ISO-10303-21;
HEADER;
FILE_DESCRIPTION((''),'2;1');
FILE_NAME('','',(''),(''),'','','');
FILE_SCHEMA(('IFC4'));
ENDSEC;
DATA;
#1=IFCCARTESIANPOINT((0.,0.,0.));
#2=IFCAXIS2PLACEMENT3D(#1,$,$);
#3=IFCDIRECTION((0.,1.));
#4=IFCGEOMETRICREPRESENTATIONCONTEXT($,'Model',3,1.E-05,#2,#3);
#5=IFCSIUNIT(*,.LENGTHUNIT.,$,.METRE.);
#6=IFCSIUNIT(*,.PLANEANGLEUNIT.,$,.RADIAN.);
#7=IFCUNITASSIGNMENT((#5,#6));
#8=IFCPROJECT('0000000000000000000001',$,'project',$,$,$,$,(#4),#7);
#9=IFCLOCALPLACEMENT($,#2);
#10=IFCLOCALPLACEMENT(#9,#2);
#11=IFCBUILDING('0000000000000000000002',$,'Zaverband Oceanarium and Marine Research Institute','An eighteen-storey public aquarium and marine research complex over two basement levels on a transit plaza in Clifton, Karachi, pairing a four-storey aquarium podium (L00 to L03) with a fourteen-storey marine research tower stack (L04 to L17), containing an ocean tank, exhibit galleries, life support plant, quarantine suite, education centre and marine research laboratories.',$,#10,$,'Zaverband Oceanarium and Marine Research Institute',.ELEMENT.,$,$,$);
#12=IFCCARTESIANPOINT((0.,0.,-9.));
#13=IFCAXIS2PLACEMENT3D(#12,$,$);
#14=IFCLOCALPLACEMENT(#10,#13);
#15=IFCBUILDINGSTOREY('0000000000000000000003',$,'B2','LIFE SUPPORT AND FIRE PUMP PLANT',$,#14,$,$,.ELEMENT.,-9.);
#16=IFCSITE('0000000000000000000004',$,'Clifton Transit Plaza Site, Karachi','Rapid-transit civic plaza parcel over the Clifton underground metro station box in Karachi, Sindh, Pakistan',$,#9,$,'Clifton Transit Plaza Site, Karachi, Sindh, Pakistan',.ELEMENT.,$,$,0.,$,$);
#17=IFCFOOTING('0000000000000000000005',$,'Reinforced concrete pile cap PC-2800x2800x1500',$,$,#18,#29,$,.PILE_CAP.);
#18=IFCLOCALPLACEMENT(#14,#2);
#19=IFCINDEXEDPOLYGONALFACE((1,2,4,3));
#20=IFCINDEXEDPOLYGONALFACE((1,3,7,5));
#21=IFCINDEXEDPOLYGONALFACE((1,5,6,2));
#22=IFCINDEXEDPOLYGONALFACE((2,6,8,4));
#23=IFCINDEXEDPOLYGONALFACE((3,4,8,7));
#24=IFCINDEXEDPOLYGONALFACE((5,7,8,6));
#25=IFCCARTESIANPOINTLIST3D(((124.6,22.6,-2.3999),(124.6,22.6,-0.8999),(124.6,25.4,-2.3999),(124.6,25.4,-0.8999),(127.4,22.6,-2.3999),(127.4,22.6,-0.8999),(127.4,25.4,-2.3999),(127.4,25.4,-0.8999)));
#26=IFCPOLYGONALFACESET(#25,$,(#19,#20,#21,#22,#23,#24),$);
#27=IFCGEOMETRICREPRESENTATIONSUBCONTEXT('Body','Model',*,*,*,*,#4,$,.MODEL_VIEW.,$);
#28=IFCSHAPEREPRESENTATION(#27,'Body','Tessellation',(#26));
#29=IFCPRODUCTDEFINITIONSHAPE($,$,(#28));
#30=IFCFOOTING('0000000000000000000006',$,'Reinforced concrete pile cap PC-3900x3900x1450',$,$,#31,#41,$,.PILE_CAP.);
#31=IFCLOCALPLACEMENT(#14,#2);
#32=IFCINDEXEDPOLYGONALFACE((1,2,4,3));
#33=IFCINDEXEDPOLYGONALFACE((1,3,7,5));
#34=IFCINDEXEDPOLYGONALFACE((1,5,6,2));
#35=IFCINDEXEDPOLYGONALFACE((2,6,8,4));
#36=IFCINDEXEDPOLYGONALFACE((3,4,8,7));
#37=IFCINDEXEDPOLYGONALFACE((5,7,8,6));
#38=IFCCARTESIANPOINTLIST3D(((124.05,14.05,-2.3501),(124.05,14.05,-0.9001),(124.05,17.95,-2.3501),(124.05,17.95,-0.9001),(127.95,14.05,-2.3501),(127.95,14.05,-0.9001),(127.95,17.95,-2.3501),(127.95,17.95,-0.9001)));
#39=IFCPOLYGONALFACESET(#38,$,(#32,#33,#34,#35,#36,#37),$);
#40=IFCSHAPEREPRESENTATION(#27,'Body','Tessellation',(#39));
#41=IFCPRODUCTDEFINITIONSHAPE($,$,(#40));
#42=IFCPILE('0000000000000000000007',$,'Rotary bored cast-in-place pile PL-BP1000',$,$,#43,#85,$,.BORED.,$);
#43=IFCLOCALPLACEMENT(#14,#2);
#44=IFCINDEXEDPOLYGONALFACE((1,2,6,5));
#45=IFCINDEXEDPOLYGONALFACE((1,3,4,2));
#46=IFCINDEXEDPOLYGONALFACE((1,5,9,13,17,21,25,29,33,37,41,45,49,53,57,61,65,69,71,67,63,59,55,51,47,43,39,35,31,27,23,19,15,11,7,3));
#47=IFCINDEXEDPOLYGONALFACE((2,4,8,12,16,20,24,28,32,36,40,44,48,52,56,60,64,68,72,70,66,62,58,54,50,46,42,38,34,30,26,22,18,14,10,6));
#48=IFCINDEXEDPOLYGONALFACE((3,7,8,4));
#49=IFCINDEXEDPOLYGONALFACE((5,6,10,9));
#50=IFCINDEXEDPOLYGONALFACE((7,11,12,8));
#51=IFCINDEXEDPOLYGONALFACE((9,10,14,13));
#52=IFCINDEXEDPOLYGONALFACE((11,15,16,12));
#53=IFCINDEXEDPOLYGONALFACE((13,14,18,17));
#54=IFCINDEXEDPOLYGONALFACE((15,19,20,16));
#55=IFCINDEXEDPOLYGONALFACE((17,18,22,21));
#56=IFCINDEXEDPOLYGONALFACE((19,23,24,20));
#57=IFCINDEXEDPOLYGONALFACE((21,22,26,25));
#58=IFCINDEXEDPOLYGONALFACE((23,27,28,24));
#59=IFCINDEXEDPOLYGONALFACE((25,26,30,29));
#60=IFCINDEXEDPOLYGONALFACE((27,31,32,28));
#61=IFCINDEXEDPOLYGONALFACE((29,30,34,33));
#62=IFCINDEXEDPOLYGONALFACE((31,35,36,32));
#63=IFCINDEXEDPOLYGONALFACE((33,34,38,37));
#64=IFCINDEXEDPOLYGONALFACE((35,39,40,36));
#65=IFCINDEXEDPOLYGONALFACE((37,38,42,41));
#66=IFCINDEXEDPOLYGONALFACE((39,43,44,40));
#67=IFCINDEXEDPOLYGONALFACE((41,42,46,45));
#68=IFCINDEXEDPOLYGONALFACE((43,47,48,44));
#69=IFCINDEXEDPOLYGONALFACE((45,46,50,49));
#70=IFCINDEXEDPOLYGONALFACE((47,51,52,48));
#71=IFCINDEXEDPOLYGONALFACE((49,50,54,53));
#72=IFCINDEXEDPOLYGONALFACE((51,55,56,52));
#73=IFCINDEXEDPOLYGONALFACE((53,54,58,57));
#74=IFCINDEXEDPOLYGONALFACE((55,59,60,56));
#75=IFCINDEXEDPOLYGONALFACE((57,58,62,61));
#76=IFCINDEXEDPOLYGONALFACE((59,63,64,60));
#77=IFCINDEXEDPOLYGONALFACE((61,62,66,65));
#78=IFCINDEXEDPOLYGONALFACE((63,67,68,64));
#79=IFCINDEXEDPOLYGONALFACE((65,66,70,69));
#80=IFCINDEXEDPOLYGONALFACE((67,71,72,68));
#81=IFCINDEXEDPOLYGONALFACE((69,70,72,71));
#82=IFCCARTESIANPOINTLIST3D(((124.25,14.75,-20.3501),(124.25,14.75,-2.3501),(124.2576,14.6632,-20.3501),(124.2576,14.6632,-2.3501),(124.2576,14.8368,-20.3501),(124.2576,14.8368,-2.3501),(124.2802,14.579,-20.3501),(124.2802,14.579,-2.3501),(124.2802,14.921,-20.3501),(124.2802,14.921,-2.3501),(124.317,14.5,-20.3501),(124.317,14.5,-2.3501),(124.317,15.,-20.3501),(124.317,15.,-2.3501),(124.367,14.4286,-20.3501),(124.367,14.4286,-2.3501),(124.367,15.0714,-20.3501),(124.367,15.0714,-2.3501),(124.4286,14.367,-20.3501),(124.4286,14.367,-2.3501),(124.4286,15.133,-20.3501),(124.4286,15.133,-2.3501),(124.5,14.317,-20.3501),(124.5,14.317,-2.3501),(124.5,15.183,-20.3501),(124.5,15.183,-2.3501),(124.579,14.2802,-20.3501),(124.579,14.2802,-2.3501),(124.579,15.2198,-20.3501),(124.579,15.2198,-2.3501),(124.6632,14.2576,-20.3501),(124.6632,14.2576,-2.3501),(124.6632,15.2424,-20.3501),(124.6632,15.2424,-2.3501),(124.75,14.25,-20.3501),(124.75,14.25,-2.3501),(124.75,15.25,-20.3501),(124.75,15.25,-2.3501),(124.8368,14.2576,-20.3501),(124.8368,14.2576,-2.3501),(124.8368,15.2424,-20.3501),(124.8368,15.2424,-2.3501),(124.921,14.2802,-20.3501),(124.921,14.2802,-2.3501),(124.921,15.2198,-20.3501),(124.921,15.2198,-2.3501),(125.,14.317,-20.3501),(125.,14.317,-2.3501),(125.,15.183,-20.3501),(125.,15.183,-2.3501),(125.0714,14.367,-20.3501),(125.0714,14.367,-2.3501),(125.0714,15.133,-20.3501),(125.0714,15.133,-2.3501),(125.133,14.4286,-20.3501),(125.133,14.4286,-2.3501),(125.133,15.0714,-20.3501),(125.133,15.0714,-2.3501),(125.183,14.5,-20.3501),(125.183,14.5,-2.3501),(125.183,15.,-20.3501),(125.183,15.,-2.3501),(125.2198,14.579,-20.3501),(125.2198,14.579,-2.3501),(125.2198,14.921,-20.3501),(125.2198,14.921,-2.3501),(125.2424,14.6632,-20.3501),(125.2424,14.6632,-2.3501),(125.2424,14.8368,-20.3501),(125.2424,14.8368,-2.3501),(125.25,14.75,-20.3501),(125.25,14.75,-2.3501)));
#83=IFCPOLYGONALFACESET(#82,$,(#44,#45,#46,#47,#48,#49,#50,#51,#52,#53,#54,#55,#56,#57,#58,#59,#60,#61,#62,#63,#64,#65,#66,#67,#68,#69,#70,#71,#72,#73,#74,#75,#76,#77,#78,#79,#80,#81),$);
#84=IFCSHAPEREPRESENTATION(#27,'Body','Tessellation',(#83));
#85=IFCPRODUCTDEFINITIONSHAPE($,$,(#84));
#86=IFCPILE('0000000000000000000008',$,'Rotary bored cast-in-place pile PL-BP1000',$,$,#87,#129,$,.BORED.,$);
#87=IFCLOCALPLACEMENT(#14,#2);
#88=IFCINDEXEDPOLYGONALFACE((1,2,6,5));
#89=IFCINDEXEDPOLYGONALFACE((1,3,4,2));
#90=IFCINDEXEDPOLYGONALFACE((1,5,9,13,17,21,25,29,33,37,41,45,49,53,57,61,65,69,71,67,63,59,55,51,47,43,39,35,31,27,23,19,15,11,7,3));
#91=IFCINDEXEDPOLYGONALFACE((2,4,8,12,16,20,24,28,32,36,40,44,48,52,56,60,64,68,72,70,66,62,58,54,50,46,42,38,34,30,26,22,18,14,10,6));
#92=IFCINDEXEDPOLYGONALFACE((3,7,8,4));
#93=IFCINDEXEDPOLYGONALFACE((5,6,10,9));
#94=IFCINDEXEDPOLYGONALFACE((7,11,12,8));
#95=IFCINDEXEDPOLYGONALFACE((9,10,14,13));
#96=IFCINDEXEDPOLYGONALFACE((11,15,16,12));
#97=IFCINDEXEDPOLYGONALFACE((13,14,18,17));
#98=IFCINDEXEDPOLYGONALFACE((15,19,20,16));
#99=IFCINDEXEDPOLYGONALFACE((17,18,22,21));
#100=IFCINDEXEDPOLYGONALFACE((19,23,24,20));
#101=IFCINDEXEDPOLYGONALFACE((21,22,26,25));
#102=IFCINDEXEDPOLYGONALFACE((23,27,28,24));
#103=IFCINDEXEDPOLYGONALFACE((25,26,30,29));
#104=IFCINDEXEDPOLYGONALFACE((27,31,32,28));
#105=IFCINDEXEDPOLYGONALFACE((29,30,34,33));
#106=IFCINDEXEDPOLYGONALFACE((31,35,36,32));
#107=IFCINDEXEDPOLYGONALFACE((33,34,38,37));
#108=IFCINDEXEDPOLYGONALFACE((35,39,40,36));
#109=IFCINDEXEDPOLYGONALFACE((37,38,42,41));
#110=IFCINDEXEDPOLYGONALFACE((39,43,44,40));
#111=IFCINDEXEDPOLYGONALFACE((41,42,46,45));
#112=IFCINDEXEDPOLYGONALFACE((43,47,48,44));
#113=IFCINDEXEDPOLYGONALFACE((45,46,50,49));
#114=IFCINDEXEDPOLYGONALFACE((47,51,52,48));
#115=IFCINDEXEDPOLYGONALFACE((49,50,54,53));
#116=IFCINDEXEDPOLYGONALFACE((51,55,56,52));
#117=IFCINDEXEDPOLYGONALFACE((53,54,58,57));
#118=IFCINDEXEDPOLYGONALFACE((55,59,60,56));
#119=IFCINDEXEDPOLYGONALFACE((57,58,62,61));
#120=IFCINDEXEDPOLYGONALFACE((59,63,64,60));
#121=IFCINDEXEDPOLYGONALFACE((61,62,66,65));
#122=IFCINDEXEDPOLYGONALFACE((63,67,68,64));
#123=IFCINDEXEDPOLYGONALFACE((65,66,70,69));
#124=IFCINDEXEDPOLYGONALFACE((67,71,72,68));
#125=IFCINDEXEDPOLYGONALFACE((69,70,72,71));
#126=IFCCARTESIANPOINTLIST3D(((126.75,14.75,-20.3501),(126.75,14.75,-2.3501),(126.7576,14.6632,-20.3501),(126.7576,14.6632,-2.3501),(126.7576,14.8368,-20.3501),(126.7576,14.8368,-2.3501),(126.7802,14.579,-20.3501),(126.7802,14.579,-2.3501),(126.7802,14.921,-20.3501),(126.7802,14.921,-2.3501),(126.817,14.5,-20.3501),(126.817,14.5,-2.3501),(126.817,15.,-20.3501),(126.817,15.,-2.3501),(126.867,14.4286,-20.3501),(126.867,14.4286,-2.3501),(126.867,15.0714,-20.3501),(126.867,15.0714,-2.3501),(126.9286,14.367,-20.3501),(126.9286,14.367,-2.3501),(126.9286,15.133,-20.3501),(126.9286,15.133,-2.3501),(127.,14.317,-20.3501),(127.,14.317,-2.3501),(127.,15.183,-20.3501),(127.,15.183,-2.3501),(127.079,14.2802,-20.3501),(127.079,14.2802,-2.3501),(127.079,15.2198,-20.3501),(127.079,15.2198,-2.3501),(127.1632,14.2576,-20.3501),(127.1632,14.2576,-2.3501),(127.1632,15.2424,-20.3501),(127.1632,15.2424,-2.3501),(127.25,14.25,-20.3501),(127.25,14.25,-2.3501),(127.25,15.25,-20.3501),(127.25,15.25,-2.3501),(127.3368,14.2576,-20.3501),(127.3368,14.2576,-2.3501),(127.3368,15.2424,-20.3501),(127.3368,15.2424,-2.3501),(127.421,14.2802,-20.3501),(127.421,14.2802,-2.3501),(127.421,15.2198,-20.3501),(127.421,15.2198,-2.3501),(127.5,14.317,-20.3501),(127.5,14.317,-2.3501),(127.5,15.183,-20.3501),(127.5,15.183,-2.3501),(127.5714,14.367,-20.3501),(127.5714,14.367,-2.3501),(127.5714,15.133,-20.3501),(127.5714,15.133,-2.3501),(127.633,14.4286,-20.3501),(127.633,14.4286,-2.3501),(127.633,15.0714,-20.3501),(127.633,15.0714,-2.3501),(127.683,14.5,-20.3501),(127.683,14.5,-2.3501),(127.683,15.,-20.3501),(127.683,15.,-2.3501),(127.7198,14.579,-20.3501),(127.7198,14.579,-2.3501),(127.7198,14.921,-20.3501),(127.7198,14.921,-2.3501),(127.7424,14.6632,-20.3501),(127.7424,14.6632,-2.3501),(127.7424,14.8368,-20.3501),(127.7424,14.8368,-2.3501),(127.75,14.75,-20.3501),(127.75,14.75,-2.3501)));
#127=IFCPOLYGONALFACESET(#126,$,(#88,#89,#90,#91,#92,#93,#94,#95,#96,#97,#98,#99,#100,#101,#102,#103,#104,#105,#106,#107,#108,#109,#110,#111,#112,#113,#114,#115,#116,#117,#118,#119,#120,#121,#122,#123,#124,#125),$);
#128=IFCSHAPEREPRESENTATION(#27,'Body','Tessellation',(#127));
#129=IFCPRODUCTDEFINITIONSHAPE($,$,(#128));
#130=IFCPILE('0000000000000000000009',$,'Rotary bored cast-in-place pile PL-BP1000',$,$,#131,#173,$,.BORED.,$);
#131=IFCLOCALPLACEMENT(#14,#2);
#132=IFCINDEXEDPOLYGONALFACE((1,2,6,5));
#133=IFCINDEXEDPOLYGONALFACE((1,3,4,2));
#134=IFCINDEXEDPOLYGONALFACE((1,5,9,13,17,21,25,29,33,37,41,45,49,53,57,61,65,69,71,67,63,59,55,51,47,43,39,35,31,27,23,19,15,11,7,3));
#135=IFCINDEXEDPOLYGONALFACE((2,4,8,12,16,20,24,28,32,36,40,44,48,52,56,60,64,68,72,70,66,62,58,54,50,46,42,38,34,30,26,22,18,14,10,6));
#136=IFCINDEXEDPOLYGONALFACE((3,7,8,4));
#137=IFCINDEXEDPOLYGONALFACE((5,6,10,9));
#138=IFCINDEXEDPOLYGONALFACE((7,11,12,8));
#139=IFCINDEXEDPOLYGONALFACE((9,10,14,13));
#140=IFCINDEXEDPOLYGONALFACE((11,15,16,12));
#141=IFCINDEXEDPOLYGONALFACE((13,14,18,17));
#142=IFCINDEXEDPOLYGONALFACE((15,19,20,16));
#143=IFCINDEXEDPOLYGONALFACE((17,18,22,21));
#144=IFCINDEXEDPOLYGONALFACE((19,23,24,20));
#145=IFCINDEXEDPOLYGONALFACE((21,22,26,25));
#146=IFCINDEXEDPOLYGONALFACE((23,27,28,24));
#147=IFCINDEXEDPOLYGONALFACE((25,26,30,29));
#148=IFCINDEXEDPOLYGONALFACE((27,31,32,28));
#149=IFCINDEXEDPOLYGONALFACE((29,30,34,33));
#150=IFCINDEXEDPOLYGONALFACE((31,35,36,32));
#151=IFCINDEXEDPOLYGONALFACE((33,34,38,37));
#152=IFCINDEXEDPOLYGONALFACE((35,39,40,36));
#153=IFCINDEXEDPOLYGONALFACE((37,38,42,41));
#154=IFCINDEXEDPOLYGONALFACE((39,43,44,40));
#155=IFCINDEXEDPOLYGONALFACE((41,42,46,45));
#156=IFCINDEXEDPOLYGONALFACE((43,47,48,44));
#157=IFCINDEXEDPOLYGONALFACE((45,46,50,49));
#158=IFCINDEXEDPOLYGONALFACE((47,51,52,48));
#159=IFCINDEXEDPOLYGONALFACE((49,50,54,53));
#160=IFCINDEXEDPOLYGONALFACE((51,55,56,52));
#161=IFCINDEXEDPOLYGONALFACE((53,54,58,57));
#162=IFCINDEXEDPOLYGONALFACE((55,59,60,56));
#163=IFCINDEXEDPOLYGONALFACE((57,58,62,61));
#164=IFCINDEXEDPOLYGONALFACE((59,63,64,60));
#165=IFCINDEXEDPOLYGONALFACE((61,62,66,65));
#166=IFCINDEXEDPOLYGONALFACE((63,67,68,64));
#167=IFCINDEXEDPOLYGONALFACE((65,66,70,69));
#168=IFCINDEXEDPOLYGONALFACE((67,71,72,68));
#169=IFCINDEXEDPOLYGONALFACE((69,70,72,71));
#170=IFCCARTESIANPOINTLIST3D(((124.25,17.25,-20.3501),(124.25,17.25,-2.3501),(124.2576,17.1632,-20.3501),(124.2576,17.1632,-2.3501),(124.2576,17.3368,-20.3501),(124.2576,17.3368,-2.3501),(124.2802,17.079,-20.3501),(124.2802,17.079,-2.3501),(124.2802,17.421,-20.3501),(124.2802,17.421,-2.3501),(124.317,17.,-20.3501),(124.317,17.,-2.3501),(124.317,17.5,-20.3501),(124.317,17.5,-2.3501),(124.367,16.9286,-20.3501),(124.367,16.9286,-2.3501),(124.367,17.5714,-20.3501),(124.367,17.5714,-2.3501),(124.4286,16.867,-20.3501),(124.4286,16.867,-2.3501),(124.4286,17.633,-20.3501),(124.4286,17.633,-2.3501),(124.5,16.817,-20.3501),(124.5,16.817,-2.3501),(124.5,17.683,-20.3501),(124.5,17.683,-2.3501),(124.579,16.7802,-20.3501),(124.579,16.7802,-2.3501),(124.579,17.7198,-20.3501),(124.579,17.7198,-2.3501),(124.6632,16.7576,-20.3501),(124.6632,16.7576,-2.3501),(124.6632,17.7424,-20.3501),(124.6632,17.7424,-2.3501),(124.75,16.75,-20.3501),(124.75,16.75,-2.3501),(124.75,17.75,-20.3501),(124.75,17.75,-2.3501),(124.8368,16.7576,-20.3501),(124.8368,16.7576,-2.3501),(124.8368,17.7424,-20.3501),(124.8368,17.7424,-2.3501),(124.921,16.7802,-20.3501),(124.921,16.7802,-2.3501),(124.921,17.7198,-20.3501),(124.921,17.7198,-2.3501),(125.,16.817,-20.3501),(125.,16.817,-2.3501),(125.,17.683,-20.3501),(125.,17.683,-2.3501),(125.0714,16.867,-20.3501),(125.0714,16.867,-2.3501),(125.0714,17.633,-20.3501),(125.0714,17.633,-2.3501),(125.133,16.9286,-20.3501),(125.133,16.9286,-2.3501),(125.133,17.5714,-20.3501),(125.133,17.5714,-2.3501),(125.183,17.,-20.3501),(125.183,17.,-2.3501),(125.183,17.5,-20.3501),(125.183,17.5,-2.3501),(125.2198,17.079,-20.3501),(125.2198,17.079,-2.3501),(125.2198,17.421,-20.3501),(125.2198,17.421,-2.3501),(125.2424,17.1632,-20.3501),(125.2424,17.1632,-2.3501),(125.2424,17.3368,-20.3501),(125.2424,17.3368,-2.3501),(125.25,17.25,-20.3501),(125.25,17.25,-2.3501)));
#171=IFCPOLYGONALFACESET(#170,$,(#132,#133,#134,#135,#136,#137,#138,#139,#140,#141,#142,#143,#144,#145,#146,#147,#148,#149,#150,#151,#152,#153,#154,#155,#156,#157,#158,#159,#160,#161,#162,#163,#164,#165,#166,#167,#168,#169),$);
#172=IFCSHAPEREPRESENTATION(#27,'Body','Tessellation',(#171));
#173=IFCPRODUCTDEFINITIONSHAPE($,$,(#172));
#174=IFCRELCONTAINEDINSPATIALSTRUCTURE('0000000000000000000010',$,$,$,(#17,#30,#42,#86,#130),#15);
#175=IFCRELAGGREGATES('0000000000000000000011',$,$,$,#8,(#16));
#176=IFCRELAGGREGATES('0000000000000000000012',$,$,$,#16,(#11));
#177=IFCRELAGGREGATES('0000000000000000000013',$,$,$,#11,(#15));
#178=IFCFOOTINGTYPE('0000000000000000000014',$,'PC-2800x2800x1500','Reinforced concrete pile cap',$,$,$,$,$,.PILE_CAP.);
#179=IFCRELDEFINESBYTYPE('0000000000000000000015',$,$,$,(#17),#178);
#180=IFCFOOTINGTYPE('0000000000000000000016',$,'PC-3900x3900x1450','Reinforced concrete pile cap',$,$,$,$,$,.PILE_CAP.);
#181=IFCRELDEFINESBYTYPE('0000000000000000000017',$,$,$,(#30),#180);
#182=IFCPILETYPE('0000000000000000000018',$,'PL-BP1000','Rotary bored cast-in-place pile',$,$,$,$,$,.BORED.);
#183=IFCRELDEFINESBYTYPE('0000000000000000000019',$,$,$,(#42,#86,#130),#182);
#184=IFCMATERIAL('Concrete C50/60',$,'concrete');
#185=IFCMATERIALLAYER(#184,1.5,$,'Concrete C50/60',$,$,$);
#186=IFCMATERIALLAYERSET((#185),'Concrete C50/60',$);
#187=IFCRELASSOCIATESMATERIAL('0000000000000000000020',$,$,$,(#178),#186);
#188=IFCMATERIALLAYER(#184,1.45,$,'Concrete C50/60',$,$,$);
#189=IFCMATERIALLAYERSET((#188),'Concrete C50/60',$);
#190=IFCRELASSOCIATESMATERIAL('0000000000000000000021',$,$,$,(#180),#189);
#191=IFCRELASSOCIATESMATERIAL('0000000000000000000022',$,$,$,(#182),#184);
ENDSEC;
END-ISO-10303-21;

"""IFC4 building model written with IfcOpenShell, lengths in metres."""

from ifc_helpers import new_model, si_unit, direction, frame, origin, origin_2d, place, context, subcontext, project, spatial, rectangle, circle, extrude, material, layer, layer_set, material_profile, profile_set, type_object, element, save


model = new_model("IFC4")

# Units and contexts
model_context = context("Model", 3, precision=1e-05, world=origin(), true_north=direction((0.0, 1.0)))
body_context = subcontext(model_context, "Body", "Model", "MODEL_VIEW")
ifc_project = project(units=[si_unit("LENGTHUNIT", "METRE"), si_unit("PLANEANGLEUNIT", "RADIAN")], contexts=[model_context])

# Site, building, storey
site_placement = place(None, origin())
site = spatial("IfcSite", under=ifc_project, at=site_placement, Name="Clifton Transit Plaza Site, Karachi", Description="Rapid-transit civic plaza parcel over the Clifton underground metro station box in Karachi, Sindh, Pakistan", LongName="Clifton Transit Plaza Site, Karachi, Sindh, Pakistan", CompositionType="ELEMENT", RefElevation=0.0)
building_placement = place(site_placement, origin())
building = spatial("IfcBuilding", under=site, at=building_placement, Name="Zaverband Oceanarium and Marine Research Institute", Description="An eighteen-storey public aquarium and marine research complex over two basement levels on a transit plaza in Clifton, Karachi, pairing a four-storey aquarium podium (L00 to L03) with a fourteen-storey marine research tower stack (L04 to L17), containing an ocean tank, exhibit galleries, life support plant, quarantine suite, education centre and marine research laboratories.", LongName="Zaverband Oceanarium and Marine Research Institute", CompositionType="ELEMENT")
storey_placement = place(building_placement, frame((0.0, 0.0, -9.0)))
storey = spatial("IfcBuildingStorey", under=building, at=storey_placement, Name="B2", Description="LIFE SUPPORT AND FIRE PUMP PLANT", CompositionType="ELEMENT", Elevation=-9.0)

# Footings
ifc_material_1 = material(Name="Concrete C50/60", Category="concrete")
ifc_layer_1 = layer(ifc_material_1, 1.5, Name="Concrete C50/60")
ifc_layer_set_1 = layer_set([ifc_layer_1], Name="Concrete C50/60")
footing_type_1 = type_object("IfcFootingType", Name="PC-2800x2800x1500", Description="Reinforced concrete pile cap", PredefinedType="PILE_CAP", material=ifc_layer_set_1)
footing_1_placement = place(storey_placement, frame((126.0, 24.0, -2.3999), z_axis=(0.0, 0.0, 1.0), x_axis=(1.0, 0.0, 0.0)))
element("IfcFooting", 1, at=footing_1_placement, inside=storey, type_object=footing_type_1, Name="Reinforced concrete pile cap PC-2800x2800x1500", PredefinedType="PILE_CAP", context=body_context, shape_type="SweptSolid", body=[
    extrude(rectangle(XDim=2.8, YDim=2.8, at=origin_2d()), origin(), (0.0, 0.0, 1.0), 1.5),
])
ifc_layer_2 = layer(ifc_material_1, 1.45, Name="Concrete C50/60")
ifc_layer_set_2 = layer_set([ifc_layer_2], Name="Concrete C50/60")
footing_type_2 = type_object("IfcFootingType", Name="PC-3900x3900x1450", Description="Reinforced concrete pile cap", PredefinedType="PILE_CAP", material=ifc_layer_set_2)
footing_2_placement = place(storey_placement, frame((126.0, 16.0, -2.3501), z_axis=(0.0, 0.0, 1.0), x_axis=(1.0, 0.0, 0.0)))
element("IfcFooting", 2, at=footing_2_placement, inside=storey, type_object=footing_type_2, Name="Reinforced concrete pile cap PC-3900x3900x1450", PredefinedType="PILE_CAP", context=body_context, shape_type="SweptSolid", body=[
    extrude(rectangle(XDim=3.8999, YDim=3.8999, at=origin_2d()), origin(), (0.0, 0.0, 1.0), 1.45),
])

# Piles
ifc_material_profile_1 = material_profile(ifc_material_1, circle(Radius=0.5, at=origin_2d()), Name="BP1000")
ifc_profile_set_1 = profile_set([ifc_material_profile_1], Name="Concrete C50/60")
pile_type_1 = type_object("IfcPileType", Name="PL-BP1000", Description="Rotary bored cast-in-place pile", PredefinedType="BORED", material=ifc_profile_set_1)
for number, where, z_axis, x_axis, name in (
    (3, (124.75, 14.75, -2.3501), (0.0, 0.0, -1.0), (1.0, 0.0, 0.0), "Rotary bored cast-in-place pile PL-BP1000"),
    (4, (127.25, 14.75, -2.3501), (0.0, 0.0, -1.0), (1.0, 0.0, 0.0), "Rotary bored cast-in-place pile PL-BP1000"),
    (5, (124.75, 17.25, -2.3501), (0.0, 0.0, -1.0), (1.0, 0.0, 0.0), "Rotary bored cast-in-place pile PL-BP1000"),
):
    element("IfcPile", number, at=place(storey_placement, frame(where, z_axis=z_axis, x_axis=x_axis)), inside=storey, type_object=pile_type_1, Name=name, PredefinedType="BORED", context=body_context, shape_type="SweptSolid", body=[
        extrude(circle(Radius=0.5, at=origin_2d()), origin(), (0.0, 0.0, 1.0), 18.0),
    ])

save(model, "model.ifc")
